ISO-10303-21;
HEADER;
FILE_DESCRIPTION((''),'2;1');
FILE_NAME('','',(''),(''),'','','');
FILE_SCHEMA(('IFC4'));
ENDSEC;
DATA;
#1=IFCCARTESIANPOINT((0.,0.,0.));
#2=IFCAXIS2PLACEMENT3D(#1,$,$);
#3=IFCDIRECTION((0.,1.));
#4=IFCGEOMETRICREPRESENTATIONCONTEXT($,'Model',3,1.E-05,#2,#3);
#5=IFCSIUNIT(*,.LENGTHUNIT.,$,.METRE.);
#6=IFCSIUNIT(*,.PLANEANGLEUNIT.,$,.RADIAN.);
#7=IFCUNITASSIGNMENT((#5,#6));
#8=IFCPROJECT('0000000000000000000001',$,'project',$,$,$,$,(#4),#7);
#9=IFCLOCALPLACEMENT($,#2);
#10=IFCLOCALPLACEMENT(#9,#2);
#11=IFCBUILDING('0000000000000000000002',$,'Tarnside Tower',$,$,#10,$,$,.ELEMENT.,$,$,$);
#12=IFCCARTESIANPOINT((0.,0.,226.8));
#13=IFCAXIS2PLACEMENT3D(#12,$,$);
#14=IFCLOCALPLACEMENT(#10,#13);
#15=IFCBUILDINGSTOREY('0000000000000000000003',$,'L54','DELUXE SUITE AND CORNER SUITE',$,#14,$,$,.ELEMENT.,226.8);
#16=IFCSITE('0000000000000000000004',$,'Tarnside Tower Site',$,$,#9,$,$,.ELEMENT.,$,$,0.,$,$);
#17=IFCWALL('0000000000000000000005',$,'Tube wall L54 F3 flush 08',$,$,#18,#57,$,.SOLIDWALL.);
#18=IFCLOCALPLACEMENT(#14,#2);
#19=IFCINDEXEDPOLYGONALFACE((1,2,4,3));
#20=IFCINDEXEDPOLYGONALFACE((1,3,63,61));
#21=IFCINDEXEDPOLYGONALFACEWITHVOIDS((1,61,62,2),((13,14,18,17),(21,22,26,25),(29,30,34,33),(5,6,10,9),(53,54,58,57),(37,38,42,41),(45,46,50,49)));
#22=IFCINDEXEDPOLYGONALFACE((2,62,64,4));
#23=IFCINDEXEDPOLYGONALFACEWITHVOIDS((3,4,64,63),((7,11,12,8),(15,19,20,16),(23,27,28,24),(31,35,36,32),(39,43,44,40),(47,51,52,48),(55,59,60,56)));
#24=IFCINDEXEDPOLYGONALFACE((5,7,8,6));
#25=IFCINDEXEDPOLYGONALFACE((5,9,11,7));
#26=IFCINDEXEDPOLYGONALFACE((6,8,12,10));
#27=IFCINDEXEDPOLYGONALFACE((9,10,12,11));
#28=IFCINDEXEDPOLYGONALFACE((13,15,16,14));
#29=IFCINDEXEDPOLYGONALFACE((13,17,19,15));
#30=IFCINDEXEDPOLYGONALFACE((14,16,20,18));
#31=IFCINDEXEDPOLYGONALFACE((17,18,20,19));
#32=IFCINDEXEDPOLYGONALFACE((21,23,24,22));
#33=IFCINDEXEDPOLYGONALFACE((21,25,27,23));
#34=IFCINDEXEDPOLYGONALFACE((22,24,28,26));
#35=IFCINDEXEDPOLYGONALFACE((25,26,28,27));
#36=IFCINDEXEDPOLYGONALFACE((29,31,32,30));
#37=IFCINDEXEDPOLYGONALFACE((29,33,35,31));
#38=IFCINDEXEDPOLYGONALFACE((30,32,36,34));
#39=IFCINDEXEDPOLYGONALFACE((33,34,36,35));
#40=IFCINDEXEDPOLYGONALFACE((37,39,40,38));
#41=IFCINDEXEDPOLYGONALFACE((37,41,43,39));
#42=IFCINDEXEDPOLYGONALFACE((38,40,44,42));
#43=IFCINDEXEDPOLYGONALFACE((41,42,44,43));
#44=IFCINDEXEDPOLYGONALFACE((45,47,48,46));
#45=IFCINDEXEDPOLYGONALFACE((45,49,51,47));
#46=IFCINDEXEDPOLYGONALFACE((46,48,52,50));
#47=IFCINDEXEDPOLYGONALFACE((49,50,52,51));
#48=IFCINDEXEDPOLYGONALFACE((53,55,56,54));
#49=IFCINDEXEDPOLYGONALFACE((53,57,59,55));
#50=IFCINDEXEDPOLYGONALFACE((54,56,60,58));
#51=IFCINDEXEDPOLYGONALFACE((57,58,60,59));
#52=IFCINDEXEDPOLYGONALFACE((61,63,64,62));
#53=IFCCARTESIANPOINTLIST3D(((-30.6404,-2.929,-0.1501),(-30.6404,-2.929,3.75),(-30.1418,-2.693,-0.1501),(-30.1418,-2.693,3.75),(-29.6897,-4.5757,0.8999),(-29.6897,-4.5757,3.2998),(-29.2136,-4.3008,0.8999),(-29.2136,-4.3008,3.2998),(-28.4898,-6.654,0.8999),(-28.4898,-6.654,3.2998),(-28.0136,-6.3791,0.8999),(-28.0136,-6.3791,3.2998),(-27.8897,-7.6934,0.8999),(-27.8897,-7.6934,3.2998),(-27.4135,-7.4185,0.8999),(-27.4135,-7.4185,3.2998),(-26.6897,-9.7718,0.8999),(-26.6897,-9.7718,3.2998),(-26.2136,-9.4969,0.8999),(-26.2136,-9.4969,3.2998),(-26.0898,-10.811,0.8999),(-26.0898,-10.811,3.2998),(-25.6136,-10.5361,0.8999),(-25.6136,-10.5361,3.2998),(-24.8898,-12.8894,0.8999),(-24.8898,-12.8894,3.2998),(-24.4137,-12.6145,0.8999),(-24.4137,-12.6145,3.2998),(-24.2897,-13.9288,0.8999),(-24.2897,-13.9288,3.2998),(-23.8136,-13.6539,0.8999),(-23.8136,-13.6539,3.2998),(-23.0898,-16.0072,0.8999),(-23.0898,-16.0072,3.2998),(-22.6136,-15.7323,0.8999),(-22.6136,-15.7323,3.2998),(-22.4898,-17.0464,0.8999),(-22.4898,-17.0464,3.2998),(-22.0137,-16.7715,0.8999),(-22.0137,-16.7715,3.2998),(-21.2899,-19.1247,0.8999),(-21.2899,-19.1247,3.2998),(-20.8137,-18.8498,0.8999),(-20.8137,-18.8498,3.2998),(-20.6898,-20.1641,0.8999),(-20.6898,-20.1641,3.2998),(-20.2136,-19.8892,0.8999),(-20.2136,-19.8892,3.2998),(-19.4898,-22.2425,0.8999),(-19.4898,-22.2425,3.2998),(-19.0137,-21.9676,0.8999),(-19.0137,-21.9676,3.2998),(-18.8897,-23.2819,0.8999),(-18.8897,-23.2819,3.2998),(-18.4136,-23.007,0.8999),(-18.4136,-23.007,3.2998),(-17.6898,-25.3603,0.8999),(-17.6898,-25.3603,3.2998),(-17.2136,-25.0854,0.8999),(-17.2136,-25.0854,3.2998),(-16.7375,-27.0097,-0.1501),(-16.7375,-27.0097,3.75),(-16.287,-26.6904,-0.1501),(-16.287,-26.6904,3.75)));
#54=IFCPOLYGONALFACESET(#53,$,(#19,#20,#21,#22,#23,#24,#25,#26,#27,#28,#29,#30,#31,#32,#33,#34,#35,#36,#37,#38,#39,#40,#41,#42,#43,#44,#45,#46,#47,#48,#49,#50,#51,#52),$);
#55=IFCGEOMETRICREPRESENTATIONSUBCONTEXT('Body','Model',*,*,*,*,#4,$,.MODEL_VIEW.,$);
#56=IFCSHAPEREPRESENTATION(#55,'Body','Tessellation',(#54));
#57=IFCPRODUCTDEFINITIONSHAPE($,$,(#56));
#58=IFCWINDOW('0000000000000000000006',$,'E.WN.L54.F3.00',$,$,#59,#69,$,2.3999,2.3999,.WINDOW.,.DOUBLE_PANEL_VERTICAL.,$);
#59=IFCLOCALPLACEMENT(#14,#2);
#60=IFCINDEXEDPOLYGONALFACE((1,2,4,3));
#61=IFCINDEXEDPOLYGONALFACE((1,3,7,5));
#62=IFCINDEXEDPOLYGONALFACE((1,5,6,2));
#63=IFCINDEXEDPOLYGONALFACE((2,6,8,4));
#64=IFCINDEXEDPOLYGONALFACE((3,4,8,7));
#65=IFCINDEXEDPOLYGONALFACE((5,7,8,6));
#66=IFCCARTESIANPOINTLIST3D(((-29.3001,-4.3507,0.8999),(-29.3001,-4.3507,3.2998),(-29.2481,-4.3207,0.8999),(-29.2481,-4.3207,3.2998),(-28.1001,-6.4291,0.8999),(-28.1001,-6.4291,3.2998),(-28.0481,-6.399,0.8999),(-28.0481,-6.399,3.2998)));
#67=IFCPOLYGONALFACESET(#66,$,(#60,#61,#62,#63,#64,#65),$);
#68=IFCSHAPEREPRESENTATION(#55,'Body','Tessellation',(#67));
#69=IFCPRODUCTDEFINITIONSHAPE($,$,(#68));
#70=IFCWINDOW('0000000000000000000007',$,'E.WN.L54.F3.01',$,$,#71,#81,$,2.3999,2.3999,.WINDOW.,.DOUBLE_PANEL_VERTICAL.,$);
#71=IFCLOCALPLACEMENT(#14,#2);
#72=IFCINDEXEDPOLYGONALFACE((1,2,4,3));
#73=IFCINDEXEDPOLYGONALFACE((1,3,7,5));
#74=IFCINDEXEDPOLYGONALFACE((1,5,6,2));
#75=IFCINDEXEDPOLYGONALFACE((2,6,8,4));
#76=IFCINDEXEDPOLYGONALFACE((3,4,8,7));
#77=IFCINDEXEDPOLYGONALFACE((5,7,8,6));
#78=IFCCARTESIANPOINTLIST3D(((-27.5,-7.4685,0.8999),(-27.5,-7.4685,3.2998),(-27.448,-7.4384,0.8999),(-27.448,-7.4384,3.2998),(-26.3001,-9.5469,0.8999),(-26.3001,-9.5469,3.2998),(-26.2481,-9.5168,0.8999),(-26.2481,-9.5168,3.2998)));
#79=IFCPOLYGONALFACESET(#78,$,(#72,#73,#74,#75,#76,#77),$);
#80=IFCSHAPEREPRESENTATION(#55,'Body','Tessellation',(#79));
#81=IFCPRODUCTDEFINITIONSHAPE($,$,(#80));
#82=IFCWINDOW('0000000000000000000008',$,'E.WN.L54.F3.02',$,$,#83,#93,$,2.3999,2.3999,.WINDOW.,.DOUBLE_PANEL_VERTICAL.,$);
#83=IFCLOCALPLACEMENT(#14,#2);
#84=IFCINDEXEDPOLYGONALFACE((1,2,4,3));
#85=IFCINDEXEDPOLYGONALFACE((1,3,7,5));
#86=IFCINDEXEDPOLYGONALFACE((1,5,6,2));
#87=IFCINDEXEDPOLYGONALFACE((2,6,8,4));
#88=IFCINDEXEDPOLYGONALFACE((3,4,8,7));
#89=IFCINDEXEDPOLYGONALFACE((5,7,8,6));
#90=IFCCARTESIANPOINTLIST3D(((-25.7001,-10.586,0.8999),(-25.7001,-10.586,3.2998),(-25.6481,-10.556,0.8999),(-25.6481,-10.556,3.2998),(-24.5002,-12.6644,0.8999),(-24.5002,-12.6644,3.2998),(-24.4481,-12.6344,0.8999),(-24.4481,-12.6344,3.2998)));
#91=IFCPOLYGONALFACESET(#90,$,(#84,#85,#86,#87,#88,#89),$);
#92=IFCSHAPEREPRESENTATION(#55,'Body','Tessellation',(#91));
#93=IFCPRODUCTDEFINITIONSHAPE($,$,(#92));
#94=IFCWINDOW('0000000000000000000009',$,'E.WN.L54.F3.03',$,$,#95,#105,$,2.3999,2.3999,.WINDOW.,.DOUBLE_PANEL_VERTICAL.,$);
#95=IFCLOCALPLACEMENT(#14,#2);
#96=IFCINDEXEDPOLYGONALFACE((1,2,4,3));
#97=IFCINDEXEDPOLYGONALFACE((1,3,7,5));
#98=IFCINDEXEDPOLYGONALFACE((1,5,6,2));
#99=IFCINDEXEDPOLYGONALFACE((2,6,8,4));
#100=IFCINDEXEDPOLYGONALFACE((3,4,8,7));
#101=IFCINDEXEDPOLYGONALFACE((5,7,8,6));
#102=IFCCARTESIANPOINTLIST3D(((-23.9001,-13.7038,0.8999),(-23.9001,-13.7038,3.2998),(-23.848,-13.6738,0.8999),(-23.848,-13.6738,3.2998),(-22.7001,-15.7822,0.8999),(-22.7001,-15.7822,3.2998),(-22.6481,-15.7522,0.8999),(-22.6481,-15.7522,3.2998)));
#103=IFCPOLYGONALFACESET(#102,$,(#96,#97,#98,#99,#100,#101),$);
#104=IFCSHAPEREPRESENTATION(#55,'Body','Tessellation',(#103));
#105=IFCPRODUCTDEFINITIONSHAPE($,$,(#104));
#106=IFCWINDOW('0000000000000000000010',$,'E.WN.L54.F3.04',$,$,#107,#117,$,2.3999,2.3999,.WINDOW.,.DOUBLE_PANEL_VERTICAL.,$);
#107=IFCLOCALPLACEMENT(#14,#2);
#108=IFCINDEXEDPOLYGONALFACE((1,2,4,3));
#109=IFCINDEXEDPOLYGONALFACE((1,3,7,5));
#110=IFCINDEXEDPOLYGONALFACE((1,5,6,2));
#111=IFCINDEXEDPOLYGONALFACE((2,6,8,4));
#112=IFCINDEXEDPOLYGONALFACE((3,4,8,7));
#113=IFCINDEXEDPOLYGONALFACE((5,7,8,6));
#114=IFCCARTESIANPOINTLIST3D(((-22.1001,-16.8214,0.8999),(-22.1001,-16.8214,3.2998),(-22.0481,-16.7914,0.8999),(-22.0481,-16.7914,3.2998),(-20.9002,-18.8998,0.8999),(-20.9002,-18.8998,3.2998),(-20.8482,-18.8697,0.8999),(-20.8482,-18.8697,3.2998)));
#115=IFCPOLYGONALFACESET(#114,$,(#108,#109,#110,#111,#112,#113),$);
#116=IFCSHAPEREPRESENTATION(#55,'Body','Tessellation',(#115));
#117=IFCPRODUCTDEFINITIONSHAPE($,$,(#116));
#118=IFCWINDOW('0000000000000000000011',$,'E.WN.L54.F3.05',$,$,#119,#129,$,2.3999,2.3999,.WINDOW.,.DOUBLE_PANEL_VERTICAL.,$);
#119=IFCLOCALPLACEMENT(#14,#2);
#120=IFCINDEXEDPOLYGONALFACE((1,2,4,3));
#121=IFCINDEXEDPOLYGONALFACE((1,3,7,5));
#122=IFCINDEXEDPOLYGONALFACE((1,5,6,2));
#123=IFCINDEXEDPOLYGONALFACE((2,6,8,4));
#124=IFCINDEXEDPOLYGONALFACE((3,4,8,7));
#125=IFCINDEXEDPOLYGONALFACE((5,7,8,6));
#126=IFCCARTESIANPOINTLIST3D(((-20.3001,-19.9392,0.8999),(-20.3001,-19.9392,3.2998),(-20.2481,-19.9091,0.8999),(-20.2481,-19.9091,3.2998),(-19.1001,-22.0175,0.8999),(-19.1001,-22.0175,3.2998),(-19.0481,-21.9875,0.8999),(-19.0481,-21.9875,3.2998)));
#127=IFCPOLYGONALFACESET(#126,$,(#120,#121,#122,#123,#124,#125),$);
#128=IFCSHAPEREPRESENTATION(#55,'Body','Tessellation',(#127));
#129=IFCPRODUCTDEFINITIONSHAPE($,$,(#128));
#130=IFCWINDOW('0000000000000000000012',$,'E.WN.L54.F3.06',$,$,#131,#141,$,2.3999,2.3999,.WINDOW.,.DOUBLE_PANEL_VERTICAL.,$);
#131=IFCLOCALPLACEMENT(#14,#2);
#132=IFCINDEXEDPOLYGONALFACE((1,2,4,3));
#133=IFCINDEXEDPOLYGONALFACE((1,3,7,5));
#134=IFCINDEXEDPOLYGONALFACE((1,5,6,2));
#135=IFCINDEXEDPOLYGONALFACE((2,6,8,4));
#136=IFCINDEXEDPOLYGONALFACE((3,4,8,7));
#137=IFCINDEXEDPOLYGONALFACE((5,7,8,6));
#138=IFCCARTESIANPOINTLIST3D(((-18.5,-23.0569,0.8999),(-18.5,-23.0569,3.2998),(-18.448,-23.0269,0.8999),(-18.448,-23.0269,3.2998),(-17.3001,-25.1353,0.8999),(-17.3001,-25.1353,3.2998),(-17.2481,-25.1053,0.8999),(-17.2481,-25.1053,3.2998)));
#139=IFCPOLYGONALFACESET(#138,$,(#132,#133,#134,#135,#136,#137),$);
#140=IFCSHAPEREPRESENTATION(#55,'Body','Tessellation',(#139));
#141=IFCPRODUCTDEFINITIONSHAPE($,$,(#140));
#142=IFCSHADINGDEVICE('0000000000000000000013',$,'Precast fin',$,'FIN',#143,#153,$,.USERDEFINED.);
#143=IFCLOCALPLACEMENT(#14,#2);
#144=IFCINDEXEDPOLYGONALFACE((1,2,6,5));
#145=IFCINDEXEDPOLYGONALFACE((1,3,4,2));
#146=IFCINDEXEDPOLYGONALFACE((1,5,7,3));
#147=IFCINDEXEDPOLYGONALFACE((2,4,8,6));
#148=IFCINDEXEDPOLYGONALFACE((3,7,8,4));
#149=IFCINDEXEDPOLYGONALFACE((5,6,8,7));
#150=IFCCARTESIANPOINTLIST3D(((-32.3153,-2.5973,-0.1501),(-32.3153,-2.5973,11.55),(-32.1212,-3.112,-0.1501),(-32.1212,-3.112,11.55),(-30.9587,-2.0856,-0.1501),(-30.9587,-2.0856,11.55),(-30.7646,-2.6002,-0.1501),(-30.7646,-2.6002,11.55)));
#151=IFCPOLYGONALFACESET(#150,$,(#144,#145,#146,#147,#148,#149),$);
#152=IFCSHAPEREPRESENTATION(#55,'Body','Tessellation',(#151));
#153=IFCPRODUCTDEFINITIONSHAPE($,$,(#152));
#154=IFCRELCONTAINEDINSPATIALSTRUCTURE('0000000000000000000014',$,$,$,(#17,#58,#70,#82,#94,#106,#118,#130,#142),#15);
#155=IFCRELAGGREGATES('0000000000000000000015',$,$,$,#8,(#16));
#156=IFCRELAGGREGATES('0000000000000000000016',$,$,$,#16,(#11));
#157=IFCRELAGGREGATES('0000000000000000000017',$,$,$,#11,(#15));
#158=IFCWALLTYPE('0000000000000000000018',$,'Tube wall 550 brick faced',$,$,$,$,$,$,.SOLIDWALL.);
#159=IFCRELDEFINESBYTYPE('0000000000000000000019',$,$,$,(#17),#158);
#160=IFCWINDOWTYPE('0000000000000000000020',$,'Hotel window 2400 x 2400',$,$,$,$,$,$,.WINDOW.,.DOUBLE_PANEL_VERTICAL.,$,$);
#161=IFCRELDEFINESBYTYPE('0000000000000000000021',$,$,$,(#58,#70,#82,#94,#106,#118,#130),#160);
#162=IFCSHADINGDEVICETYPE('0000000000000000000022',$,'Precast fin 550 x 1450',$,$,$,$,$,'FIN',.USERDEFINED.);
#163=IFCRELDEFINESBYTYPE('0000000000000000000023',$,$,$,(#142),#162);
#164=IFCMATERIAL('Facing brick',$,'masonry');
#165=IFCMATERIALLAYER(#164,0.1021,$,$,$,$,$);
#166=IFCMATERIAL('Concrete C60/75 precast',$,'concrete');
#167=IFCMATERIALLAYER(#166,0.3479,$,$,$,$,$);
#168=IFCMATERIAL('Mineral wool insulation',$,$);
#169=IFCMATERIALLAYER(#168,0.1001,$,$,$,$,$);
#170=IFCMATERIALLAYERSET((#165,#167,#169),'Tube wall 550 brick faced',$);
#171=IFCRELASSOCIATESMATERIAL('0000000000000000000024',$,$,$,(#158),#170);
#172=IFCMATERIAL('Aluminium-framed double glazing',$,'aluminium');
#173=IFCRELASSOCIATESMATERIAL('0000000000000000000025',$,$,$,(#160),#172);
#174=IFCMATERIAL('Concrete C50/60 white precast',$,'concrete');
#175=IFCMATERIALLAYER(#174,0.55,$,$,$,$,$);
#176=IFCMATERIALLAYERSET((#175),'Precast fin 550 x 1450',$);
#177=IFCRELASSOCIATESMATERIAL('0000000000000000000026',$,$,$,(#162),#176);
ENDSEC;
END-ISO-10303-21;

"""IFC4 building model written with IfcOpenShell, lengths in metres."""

from ifc_helpers import new_model, si_unit, direction, frame, frame_2d, origin, place, context, subcontext, project, spatial, polyline, rectangle, outline, extrude, material, layer, layer_set, type_object, element, fill, save


model = new_model("IFC4")

# Units and contexts
model_context = context("Model", 3, precision=1e-05, world=origin(), true_north=direction((0.0, 1.0)))
body_context = subcontext(model_context, "Body", "Model", "MODEL_VIEW")
ifc_project = project(units=[si_unit("LENGTHUNIT", "METRE"), si_unit("PLANEANGLEUNIT", "RADIAN")], contexts=[model_context])

# Site, building, storey
site_placement = place(None, origin())
site = spatial("IfcSite", under=ifc_project, at=site_placement, Name="Tarnside Tower Site", CompositionType="ELEMENT", RefElevation=0.0)
building_placement = place(site_placement, origin())
building = spatial("IfcBuilding", under=site, at=building_placement, Name="Tarnside Tower", CompositionType="ELEMENT")
storey_placement = place(building_placement, frame((0.0, 0.0, 226.8)))
storey = spatial("IfcBuildingStorey", under=building, at=storey_placement, Name="L54", Description="DELUXE SUITE AND CORNER SUITE", CompositionType="ELEMENT", Elevation=226.8)

# Shared definitions
ifc_material_1 = material(Name="Facing brick", Category="masonry")
ifc_layer_1 = layer(ifc_material_1, 0.1021)
ifc_material_2 = material(Name="Concrete C60/75 precast", Category="concrete")
ifc_layer_2 = layer(ifc_material_2, 0.3479)
ifc_material_3 = material(Name="Mineral wool insulation")
ifc_layer_3 = layer(ifc_material_3, 0.1001)
ifc_layer_set_1 = layer_set([ifc_layer_1, ifc_layer_2, ifc_layer_3], Name="Tube wall 550 brick faced")
wall_type = type_object("IfcWallType", Name="Tube wall 550 brick faced", PredefinedType="SOLIDWALL", material=ifc_layer_set_1)

# Wall, openings, windows
wall_1_placement = place(storey_placement, frame((-30.3911, -2.811, -0.1501), z_axis=(0.0, 0.0, 1.0), x_axis=(0.499999, -0.866026, 0.0)))
wall_1 = element("IfcWall", 1, at=wall_1_placement, inside=storey, type_object=wall_type, Name="Tube wall L54 F3 flush 08", PredefinedType="SOLIDWALL", context=body_context, shape_type="SweptSolid", body=[
    extrude(outline(polyline([(-0.0225, -0.2749), (27.7834, -0.2749), (27.7322, 0.2749), (0.0225, 0.2749), (-0.0225, -0.2749)])), origin(), (0.0, 0.0, 1.0), 3.9001),
])
opening_1_placement = place(wall_1_placement, frame((1.8789, 0.0, 1.05)))
opening_1 = element("IfcOpeningElement", 2, at=opening_1_placement, cuts=wall_1, PredefinedType="OPENING", context=body_context, shape_type="SweptSolid", body=[
    extrude(rectangle(XDim=2.3999, YDim=2.3999, at=frame_2d((1.2, 1.2))), frame((0.0, 0.2852, 0.0), z_axis=(0.0, -1.0, 0.0), x_axis=(1.0, 0.0, 0.0)), (0.0, 0.0, 1.0), 0.5701),
])
opening_2_placement = place(wall_1_placement, frame((5.479, 0.0, 1.05)))
opening_2 = element("IfcOpeningElement", 3, at=opening_2_placement, cuts=wall_1, PredefinedType="OPENING", context=body_context, shape_type="SweptSolid", body=[
    extrude(rectangle(XDim=2.3999, YDim=2.3999, at=frame_2d((1.2, 1.2))), frame((0.0, 0.2852, 0.0), z_axis=(0.0, -1.0, 0.0), x_axis=(1.0, 0.0, 0.0)), (0.0, 0.0, 1.0), 0.5701),
])
opening_3_placement = place(wall_1_placement, frame((9.0789, 0.0, 1.05)))
opening_3 = element("IfcOpeningElement", 4, at=opening_3_placement, cuts=wall_1, PredefinedType="OPENING", context=body_context, shape_type="SweptSolid", body=[
    extrude(rectangle(XDim=2.3999, YDim=2.3999, at=frame_2d((1.2, 1.2))), frame((0.0, 0.2852, 0.0), z_axis=(0.0, -1.0, 0.0), x_axis=(1.0, 0.0, 0.0)), (0.0, 0.0, 1.0), 0.5701),
])
opening_4_placement = place(wall_1_placement, frame((12.679, 0.0, 1.05)))
opening_4 = element("IfcOpeningElement", 5, at=opening_4_placement, cuts=wall_1, PredefinedType="OPENING", context=body_context, shape_type="SweptSolid", body=[
    extrude(rectangle(XDim=2.3999, YDim=2.3999, at=frame_2d((1.2, 1.2))), frame((0.0, 0.2852, 0.0), z_axis=(0.0, -1.0, 0.0), x_axis=(1.0, 0.0, 0.0)), (0.0, 0.0, 1.0), 0.5701),
])
opening_5_placement = place(wall_1_placement, frame((16.2788, 0.0, 1.05)))
opening_5 = element("IfcOpeningElement", 6, at=opening_5_placement, cuts=wall_1, PredefinedType="OPENING", context=body_context, shape_type="SweptSolid", body=[
    extrude(rectangle(XDim=2.3999, YDim=2.3999, at=frame_2d((1.2, 1.2))), frame((0.0, 0.2852, 0.0), z_axis=(0.0, -1.0, 0.0), x_axis=(1.0, 0.0, 0.0)), (0.0, 0.0, 1.0), 0.5701),
])
opening_6_placement = place(wall_1_placement, frame((19.8789, 0.0, 1.05)))
opening_6 = element("IfcOpeningElement", 7, at=opening_6_placement, cuts=wall_1, PredefinedType="OPENING", context=body_context, shape_type="SweptSolid", body=[
    extrude(rectangle(XDim=2.3999, YDim=2.3999, at=frame_2d((1.2, 1.2))), frame((0.0, 0.2852, 0.0), z_axis=(0.0, -1.0, 0.0), x_axis=(1.0, 0.0, 0.0)), (0.0, 0.0, 1.0), 0.5701),
])
opening_7_placement = place(wall_1_placement, frame((23.479, 0.0, 1.05)))
opening_7 = element("IfcOpeningElement", 8, at=opening_7_placement, cuts=wall_1, PredefinedType="OPENING", context=body_context, shape_type="SweptSolid", body=[
    extrude(rectangle(XDim=2.3999, YDim=2.3999, at=frame_2d((1.2, 1.2))), frame((0.0, 0.2852, 0.0), z_axis=(0.0, -1.0, 0.0), x_axis=(1.0, 0.0, 0.0)), (0.0, 0.0, 1.0), 0.5701),
])
ifc_material_4 = material(Name="Aluminium-framed double glazing", Category="aluminium")
window_type = type_object("IfcWindowType", Name="Hotel window 2400 x 2400", PartitioningType="DOUBLE_PANEL_VERTICAL", PredefinedType="WINDOW", material=ifc_material_4)
window_1_placement = place(opening_1_placement, frame((0.0, 0.2051, 0.0)))
window_1 = element("IfcWindow", 9, at=window_1_placement, inside=storey, type_object=window_type, Name="E.WN.L54.F3.00", OverallHeight=2.3999, OverallWidth=2.3999, PartitioningType="DOUBLE_PANEL_VERTICAL", PredefinedType="WINDOW", context=body_context, shape_type="SweptSolid", body=[
    extrude(rectangle(XDim=2.3999, YDim=2.3999, at=frame_2d((1.2, 1.2))), frame((0.0, 0.03, 0.0), z_axis=(0.0, -1.0, 0.0), x_axis=(1.0, 0.0, 0.0)), (0.0, 0.0, 1.0), 0.0601),
])
fill(opening_1, window_1)
window_2_placement = place(opening_2_placement, frame((0.0, 0.2051, 0.0)))
window_2 = element("IfcWindow", 10, at=window_2_placement, inside=storey, type_object=window_type, Name="E.WN.L54.F3.01", OverallHeight=2.3999, OverallWidth=2.3999, PartitioningType="DOUBLE_PANEL_VERTICAL", PredefinedType="WINDOW", context=body_context, shape_type="SweptSolid", body=[
    extrude(rectangle(XDim=2.3999, YDim=2.3999, at=frame_2d((1.2, 1.2))), frame((0.0, 0.03, 0.0), z_axis=(0.0, -1.0, 0.0), x_axis=(1.0, 0.0, 0.0)), (0.0, 0.0, 1.0), 0.0601),
])
fill(opening_2, window_2)
window_3_placement = place(opening_3_placement, frame((0.0, 0.2051, 0.0)))
window_3 = element("IfcWindow", 11, at=window_3_placement, inside=storey, type_object=window_type, Name="E.WN.L54.F3.02", OverallHeight=2.3999, OverallWidth=2.3999, PartitioningType="DOUBLE_PANEL_VERTICAL", PredefinedType="WINDOW", context=body_context, shape_type="SweptSolid", body=[
    extrude(rectangle(XDim=2.3999, YDim=2.3999, at=frame_2d((1.2, 1.2))), frame((0.0, 0.03, 0.0), z_axis=(0.0, -1.0, 0.0), x_axis=(1.0, 0.0, 0.0)), (0.0, 0.0, 1.0), 0.0601),
])
fill(opening_3, window_3)
window_4_placement = place(opening_4_placement, frame((0.0, 0.2051, 0.0)))
window_4 = element("IfcWindow", 12, at=window_4_placement, inside=storey, type_object=window_type, Name="E.WN.L54.F3.03", OverallHeight=2.3999, OverallWidth=2.3999, PartitioningType="DOUBLE_PANEL_VERTICAL", PredefinedType="WINDOW", context=body_context, shape_type="SweptSolid", body=[
    extrude(rectangle(XDim=2.3999, YDim=2.3999, at=frame_2d((1.2, 1.2))), frame((0.0, 0.03, 0.0), z_axis=(0.0, -1.0, 0.0), x_axis=(1.0, 0.0, 0.0)), (0.0, 0.0, 1.0), 0.0601),
])
fill(opening_4, window_4)
window_5_placement = place(opening_5_placement, frame((0.0, 0.2051, 0.0)))
window_5 = element("IfcWindow", 13, at=window_5_placement, inside=storey, type_object=window_type, Name="E.WN.L54.F3.04", OverallHeight=2.3999, OverallWidth=2.3999, PartitioningType="DOUBLE_PANEL_VERTICAL", PredefinedType="WINDOW", context=body_context, shape_type="SweptSolid", body=[
    extrude(rectangle(XDim=2.3999, YDim=2.3999, at=frame_2d((1.2, 1.2))), frame((0.0, 0.03, 0.0), z_axis=(0.0, -1.0, 0.0), x_axis=(1.0, 0.0, 0.0)), (0.0, 0.0, 1.0), 0.0601),
])
fill(opening_5, window_5)
window_6_placement = place(opening_6_placement, frame((0.0, 0.2051, 0.0)))
window_6 = element("IfcWindow", 14, at=window_6_placement, inside=storey, type_object=window_type, Name="E.WN.L54.F3.05", OverallHeight=2.3999, OverallWidth=2.3999, PartitioningType="DOUBLE_PANEL_VERTICAL", PredefinedType="WINDOW", context=body_context, shape_type="SweptSolid", body=[
    extrude(rectangle(XDim=2.3999, YDim=2.3999, at=frame_2d((1.2, 1.2))), frame((0.0, 0.03, 0.0), z_axis=(0.0, -1.0, 0.0), x_axis=(1.0, 0.0, 0.0)), (0.0, 0.0, 1.0), 0.0601),
])
fill(opening_6, window_6)
window_7_placement = place(opening_7_placement, frame((0.0, 0.2051, 0.0)))
window_7 = element("IfcWindow", 15, at=window_7_placement, inside=storey, type_object=window_type, Name="E.WN.L54.F3.06", OverallHeight=2.3999, OverallWidth=2.3999, PartitioningType="DOUBLE_PANEL_VERTICAL", PredefinedType="WINDOW", context=body_context, shape_type="SweptSolid", body=[
    extrude(rectangle(XDim=2.3999, YDim=2.3999, at=frame_2d((1.2, 1.2))), frame((0.0, 0.03, 0.0), z_axis=(0.0, -1.0, 0.0), x_axis=(1.0, 0.0, 0.0)), (0.0, 0.0, 1.0), 0.0601),
])
fill(opening_7, window_7)

# Shading device
ifc_material_5 = material(Name="Concrete C50/60 white precast", Category="concrete")
ifc_layer_4 = layer(ifc_material_5, 0.55)
ifc_layer_set_2 = layer_set([ifc_layer_4], Name="Precast fin 550 x 1450")
shading_device_type_1 = type_object("IfcShadingDeviceType", Name="Precast fin 550 x 1450", ElementType="FIN", PredefinedType="USERDEFINED", material=ifc_layer_set_2)
shading_device_placement = place(storey_placement, frame((-30.8616, -2.343, -0.1501), z_axis=(-0.352931, 0.93565, 0.0), x_axis=(-0.93565, -0.352931, 0.0)))
element("IfcShadingDevice", 16, at=shading_device_placement, inside=storey, type_object=shading_device_type_1, Name="Precast fin", ObjectType="FIN", PredefinedType="USERDEFINED", context=body_context, shape_type="SweptSolid", body=[
    extrude(outline(polyline([(0.0, 0.0), (1.45, 0.0), (1.45, 11.7002), (0.0, 11.7002), (0.0, 0.0)])), frame((0.0, 0.0, -0.2749)), (0.0, 0.0, 1.0), 0.55),
])

save(model, "model.ifc")
